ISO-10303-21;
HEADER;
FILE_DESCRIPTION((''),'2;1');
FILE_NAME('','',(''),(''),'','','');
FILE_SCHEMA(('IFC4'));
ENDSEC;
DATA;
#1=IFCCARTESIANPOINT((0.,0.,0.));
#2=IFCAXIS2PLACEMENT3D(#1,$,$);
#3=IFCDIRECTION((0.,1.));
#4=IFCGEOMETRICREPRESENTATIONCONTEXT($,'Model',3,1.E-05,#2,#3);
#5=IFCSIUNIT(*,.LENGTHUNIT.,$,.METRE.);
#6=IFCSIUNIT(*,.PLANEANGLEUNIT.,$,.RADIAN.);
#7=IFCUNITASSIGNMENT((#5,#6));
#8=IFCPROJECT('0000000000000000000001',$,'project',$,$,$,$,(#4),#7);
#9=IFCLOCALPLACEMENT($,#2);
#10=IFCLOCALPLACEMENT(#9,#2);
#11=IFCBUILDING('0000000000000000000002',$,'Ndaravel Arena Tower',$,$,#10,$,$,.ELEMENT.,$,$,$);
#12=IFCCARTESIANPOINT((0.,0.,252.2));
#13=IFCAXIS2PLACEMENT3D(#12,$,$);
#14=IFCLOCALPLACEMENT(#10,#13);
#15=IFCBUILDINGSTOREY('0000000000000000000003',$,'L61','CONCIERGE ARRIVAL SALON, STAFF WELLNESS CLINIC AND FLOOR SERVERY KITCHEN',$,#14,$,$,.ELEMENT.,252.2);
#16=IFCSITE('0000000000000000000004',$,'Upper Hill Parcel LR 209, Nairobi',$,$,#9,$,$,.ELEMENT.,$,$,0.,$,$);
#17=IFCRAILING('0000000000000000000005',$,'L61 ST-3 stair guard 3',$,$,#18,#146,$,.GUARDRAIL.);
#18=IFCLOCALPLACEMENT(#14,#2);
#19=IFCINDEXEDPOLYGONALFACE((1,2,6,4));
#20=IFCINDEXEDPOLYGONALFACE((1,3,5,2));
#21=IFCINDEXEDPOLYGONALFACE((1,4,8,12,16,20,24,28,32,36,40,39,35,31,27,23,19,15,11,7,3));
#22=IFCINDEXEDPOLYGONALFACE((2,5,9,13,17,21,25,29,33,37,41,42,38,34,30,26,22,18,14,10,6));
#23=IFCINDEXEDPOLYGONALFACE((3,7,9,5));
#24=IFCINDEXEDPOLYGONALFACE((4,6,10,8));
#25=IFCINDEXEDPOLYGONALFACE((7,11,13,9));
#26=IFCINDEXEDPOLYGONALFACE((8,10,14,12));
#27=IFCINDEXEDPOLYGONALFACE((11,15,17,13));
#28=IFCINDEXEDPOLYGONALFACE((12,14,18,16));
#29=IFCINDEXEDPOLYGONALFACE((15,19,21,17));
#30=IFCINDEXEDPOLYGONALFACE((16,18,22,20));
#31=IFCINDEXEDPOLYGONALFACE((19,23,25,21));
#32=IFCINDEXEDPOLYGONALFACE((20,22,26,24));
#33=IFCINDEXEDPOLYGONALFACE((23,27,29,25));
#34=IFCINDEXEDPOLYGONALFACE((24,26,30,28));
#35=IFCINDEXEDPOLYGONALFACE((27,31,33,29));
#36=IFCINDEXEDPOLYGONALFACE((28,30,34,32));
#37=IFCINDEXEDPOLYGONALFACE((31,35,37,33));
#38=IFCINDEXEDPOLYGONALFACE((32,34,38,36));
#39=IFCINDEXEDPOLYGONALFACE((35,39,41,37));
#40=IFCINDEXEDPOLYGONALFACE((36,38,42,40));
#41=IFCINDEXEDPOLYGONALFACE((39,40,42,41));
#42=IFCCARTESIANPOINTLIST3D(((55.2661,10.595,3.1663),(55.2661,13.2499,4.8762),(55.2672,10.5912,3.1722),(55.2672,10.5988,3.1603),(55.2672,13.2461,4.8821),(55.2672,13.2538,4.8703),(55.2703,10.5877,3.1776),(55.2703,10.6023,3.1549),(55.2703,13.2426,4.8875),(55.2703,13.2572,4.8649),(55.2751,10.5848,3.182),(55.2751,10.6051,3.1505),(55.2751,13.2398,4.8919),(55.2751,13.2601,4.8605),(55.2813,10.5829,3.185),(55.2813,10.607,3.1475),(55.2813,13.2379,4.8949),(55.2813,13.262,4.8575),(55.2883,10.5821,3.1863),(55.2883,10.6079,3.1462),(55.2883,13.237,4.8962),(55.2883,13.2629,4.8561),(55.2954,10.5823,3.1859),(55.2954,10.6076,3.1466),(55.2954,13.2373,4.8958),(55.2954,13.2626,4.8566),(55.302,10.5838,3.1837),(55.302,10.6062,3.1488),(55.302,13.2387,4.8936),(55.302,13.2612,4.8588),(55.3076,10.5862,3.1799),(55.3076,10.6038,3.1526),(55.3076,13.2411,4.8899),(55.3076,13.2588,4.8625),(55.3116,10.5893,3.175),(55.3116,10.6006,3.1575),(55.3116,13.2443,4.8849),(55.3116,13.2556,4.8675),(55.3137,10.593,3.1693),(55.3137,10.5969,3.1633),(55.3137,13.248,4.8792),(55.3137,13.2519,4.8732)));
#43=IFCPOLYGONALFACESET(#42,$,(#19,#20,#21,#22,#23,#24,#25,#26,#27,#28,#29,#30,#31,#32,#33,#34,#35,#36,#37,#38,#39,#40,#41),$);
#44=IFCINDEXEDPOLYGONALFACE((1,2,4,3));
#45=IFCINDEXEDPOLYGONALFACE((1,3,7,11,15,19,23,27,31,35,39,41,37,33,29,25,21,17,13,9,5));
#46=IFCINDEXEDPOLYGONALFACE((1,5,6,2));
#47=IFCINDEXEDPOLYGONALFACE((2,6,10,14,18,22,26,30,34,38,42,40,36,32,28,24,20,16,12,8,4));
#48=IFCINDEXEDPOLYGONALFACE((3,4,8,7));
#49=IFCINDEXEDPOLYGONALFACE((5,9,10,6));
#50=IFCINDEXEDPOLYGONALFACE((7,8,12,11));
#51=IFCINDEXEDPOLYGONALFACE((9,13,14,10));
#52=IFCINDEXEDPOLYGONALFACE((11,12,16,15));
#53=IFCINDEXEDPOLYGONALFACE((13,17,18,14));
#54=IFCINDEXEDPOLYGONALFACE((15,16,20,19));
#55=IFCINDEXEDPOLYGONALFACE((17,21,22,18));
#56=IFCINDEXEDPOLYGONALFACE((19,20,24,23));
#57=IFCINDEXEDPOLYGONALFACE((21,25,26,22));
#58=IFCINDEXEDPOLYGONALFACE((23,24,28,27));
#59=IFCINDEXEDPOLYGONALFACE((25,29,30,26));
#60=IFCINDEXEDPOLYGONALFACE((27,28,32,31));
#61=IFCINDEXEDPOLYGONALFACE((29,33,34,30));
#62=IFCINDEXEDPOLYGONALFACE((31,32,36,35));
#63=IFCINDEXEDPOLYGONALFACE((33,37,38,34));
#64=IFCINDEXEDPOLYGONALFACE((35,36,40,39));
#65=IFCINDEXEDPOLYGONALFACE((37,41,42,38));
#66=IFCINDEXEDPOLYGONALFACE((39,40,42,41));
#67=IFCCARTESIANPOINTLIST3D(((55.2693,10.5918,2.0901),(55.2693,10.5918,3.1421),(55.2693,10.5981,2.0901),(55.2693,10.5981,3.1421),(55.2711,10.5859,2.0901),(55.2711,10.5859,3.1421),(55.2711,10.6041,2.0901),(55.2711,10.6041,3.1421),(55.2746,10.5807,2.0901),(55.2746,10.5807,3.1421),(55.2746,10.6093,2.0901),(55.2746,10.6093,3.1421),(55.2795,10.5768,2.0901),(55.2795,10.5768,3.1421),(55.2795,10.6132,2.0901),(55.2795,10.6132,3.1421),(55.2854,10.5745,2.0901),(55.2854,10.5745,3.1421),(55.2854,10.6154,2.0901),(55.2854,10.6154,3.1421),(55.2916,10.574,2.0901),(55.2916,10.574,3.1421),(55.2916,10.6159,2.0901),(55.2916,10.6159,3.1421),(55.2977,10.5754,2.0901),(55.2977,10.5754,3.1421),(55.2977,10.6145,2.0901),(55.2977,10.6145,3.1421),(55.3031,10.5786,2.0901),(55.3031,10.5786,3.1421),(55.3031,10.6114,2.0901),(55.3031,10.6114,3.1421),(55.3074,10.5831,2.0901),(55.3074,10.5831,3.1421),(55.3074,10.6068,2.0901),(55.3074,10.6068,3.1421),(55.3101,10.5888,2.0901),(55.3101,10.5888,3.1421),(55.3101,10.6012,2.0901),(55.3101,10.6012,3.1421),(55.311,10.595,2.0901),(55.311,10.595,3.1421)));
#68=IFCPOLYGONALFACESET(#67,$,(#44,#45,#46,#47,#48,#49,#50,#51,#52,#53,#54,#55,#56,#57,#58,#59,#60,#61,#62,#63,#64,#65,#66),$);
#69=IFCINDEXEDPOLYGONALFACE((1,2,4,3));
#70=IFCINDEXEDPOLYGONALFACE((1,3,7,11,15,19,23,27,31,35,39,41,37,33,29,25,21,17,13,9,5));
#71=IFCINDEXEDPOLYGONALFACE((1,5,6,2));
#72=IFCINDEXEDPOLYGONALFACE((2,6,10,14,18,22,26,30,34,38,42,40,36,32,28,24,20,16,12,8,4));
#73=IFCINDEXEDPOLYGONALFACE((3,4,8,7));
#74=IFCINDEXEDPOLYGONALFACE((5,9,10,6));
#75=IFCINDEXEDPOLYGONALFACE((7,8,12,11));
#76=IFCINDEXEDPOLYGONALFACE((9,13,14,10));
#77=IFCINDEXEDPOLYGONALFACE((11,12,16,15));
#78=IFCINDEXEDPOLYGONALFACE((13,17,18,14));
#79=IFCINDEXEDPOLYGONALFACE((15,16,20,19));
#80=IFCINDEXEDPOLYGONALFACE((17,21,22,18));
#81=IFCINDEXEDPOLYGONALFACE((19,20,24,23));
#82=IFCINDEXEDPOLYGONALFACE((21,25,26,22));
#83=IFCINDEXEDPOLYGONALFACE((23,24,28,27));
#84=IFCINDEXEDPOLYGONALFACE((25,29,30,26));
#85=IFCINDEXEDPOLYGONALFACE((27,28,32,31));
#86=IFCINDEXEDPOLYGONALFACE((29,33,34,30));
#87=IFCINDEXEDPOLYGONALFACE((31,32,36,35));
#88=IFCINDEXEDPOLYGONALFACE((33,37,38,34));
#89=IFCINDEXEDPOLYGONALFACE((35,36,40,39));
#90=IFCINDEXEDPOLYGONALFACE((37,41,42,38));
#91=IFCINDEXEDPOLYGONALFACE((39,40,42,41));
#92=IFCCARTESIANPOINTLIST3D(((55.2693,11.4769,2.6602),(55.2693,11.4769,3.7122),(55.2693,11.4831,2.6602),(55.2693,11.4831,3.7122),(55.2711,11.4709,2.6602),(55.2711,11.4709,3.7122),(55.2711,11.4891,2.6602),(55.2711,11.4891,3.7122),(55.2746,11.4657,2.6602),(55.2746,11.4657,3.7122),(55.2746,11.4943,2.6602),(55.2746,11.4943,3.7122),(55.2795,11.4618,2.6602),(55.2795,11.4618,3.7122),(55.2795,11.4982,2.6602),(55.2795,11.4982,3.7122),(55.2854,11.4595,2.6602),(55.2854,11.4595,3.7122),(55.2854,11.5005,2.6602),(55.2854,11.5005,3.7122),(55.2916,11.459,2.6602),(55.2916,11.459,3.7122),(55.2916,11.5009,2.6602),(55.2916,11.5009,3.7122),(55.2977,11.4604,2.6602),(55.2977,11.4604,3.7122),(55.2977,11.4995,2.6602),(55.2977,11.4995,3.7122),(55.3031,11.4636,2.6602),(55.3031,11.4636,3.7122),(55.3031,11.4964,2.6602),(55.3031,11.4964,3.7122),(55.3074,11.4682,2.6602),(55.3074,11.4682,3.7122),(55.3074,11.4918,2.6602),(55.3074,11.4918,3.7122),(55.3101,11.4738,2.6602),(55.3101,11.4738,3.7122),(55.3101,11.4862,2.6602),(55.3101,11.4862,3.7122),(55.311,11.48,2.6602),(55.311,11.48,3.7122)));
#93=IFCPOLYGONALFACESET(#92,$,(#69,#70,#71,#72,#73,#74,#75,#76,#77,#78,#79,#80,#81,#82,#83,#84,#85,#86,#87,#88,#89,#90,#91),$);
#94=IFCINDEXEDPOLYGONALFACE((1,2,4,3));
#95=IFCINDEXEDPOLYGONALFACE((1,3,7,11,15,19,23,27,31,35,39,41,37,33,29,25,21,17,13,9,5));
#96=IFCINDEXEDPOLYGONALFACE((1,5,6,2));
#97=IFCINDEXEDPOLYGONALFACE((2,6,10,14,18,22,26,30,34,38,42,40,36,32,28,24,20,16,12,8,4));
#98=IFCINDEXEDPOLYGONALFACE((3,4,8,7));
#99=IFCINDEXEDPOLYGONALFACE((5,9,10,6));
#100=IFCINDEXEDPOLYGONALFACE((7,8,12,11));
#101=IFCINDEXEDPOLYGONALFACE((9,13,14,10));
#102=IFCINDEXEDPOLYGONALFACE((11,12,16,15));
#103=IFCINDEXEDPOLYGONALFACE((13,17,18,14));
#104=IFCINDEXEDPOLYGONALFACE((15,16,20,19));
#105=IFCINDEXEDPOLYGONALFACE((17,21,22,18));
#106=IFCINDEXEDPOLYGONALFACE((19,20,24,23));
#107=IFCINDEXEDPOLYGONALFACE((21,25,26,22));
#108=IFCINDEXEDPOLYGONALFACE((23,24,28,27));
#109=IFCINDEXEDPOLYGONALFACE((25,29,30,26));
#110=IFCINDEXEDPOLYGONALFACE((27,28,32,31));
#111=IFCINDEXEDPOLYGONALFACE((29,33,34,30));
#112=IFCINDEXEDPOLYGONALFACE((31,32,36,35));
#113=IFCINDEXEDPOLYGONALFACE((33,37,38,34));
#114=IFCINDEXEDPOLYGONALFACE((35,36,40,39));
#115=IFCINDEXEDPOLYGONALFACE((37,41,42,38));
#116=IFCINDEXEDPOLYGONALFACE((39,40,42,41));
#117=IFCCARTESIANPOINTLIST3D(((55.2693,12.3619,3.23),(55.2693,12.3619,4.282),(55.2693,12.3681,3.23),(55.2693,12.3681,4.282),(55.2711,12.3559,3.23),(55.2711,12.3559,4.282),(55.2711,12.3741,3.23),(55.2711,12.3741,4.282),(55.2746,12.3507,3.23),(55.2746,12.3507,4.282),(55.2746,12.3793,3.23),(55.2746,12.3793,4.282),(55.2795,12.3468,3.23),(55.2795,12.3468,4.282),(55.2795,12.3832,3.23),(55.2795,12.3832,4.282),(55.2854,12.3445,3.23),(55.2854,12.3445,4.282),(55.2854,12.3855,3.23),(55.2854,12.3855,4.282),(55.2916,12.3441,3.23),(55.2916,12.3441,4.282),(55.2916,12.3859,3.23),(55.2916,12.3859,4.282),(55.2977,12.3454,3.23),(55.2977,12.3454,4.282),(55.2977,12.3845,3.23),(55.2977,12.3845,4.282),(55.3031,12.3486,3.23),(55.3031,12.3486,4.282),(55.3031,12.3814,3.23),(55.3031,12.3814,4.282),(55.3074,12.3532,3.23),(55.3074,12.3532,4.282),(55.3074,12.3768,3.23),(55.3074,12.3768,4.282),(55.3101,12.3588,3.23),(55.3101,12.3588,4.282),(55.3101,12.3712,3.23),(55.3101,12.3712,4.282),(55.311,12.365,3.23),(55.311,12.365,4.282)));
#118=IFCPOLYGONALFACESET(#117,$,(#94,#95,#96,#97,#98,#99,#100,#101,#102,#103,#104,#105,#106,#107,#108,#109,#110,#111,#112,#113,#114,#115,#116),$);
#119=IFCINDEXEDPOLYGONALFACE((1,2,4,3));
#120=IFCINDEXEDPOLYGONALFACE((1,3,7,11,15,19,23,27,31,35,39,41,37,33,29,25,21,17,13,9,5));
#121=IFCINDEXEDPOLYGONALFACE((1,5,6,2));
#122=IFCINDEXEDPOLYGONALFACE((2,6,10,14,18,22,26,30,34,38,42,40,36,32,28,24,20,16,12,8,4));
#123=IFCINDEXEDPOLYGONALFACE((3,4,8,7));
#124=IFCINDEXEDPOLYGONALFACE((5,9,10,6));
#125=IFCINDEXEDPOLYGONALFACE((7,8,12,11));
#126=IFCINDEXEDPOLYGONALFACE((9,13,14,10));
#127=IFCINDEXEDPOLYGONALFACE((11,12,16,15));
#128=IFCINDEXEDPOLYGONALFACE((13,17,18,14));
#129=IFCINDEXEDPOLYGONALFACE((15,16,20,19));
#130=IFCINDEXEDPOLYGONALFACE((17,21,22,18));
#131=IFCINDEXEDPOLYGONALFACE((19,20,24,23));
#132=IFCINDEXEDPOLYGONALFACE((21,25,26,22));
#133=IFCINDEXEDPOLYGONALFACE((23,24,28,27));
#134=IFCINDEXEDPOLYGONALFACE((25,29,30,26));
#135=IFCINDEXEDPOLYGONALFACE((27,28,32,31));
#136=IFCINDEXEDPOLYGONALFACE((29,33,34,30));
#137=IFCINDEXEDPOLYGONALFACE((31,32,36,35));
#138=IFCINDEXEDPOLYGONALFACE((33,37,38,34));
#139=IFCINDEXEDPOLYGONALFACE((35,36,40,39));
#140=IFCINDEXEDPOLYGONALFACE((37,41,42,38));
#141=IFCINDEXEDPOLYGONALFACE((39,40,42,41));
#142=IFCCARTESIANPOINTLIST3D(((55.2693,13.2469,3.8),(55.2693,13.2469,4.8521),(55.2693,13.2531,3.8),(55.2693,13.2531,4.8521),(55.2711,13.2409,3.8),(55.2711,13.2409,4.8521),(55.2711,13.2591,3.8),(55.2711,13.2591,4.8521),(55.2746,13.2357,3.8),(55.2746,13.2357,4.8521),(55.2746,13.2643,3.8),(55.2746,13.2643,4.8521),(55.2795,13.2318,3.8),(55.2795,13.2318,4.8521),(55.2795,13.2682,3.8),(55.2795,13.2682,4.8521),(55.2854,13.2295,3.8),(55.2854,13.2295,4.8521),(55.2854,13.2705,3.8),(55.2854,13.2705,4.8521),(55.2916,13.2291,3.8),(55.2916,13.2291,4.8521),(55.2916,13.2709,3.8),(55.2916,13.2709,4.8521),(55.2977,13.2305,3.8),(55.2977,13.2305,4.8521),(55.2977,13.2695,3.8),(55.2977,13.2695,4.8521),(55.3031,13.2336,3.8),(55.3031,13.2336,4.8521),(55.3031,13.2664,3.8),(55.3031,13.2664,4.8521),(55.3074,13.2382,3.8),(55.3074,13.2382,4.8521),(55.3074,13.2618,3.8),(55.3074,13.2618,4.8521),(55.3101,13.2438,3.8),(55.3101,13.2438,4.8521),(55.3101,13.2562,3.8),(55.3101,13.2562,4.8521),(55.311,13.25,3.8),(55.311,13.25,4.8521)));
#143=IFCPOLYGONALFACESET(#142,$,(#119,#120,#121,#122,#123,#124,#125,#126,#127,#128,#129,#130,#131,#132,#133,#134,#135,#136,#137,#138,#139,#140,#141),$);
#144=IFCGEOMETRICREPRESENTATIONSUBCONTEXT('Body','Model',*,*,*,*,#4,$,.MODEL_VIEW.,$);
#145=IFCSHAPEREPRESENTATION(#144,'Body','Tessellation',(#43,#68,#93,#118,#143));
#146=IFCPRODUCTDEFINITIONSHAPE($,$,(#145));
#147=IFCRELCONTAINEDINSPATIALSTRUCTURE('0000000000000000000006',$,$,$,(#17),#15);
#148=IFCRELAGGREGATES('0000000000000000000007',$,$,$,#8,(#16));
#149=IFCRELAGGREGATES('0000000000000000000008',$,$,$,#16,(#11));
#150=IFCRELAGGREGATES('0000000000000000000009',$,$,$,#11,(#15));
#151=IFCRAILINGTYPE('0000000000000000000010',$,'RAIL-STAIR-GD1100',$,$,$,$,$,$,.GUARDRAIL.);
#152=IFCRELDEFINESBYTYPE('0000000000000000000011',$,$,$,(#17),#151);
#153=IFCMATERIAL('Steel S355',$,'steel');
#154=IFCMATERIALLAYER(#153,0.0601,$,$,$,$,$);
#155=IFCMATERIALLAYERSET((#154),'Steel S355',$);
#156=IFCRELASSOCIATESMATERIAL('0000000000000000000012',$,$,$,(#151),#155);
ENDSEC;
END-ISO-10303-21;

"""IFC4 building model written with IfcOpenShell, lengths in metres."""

from ifc_helpers import new_model, si_unit, direction, frame, origin, origin_2d, place, context, subcontext, project, spatial, circle, extrude, material, layer, layer_set, type_object, element, save


model = new_model("IFC4")

# Units and contexts
model_context = context("Model", 3, precision=1e-05, world=origin(), true_north=direction((0.0, 1.0)))
body_context = subcontext(model_context, "Body", "Model", "MODEL_VIEW")
ifc_project = project(units=[si_unit("LENGTHUNIT", "METRE"), si_unit("PLANEANGLEUNIT", "RADIAN")], contexts=[model_context])

# Site, building, storey
site_placement = place(None, origin())
site = spatial("IfcSite", under=ifc_project, at=site_placement, Name="Upper Hill Parcel LR 209, Nairobi", CompositionType="ELEMENT", RefElevation=0.0)
building_placement = place(site_placement, origin())
building = spatial("IfcBuilding", under=site, at=building_placement, Name="Ndaravel Arena Tower", CompositionType="ELEMENT")
storey_placement = place(building_placement, frame((0.0, 0.0, 252.2)))
storey = spatial("IfcBuildingStorey", under=building, at=storey_placement, Name="L61", Description="CONCIERGE ARRIVAL SALON, STAFF WELLNESS CLINIC AND FLOOR SERVERY KITCHEN", CompositionType="ELEMENT", Elevation=252.2)

# Railing
ifc_material_1 = material(Name="Steel S355", Category="steel")
ifc_layer_1 = layer(ifc_material_1, 0.0601)
ifc_layer_set_1 = layer_set([ifc_layer_1], Name="Steel S355")
railing_type_1 = type_object("IfcRailingType", Name="RAIL-STAIR-GD1100", PredefinedType="GUARDRAIL", material=ifc_layer_set_1)
railing_1_placement = place(storey_placement, frame((55.29, 10.595, 2.0901)))
element("IfcRailing", 1, at=railing_1_placement, inside=storey, type_object=railing_type_1, Name="L61 ST-3 stair guard 3", PredefinedType="GUARDRAIL", context=body_context, shape_type="SweptSolid", body=[
    extrude(circle(Radius=0.0239, at=origin_2d()), frame((0.0, 0.0, 1.0762), z_axis=(0.0, 0.840724, 0.541465), x_axis=(-1.0, 0.0, 0.0)), (0.0, 0.0, 1.0), 3.158),
    extrude(circle(Radius=0.021, at=origin_2d()), origin(), (0.0, 0.0, 1.0), 1.052),
    extrude(circle(Radius=0.021, at=origin_2d()), frame((0.0, 0.885, 0.5701)), (0.0, 0.0, 1.0), 1.052),
    extrude(circle(Radius=0.021, at=origin_2d()), frame((0.0, 1.77, 1.1399)), (0.0, 0.0, 1.0), 1.052),
    extrude(circle(Radius=0.021, at=origin_2d()), frame((0.0, 2.655, 1.71)), (0.0, 0.0, 1.0), 1.052),
])

save(model, "model.ifc")
